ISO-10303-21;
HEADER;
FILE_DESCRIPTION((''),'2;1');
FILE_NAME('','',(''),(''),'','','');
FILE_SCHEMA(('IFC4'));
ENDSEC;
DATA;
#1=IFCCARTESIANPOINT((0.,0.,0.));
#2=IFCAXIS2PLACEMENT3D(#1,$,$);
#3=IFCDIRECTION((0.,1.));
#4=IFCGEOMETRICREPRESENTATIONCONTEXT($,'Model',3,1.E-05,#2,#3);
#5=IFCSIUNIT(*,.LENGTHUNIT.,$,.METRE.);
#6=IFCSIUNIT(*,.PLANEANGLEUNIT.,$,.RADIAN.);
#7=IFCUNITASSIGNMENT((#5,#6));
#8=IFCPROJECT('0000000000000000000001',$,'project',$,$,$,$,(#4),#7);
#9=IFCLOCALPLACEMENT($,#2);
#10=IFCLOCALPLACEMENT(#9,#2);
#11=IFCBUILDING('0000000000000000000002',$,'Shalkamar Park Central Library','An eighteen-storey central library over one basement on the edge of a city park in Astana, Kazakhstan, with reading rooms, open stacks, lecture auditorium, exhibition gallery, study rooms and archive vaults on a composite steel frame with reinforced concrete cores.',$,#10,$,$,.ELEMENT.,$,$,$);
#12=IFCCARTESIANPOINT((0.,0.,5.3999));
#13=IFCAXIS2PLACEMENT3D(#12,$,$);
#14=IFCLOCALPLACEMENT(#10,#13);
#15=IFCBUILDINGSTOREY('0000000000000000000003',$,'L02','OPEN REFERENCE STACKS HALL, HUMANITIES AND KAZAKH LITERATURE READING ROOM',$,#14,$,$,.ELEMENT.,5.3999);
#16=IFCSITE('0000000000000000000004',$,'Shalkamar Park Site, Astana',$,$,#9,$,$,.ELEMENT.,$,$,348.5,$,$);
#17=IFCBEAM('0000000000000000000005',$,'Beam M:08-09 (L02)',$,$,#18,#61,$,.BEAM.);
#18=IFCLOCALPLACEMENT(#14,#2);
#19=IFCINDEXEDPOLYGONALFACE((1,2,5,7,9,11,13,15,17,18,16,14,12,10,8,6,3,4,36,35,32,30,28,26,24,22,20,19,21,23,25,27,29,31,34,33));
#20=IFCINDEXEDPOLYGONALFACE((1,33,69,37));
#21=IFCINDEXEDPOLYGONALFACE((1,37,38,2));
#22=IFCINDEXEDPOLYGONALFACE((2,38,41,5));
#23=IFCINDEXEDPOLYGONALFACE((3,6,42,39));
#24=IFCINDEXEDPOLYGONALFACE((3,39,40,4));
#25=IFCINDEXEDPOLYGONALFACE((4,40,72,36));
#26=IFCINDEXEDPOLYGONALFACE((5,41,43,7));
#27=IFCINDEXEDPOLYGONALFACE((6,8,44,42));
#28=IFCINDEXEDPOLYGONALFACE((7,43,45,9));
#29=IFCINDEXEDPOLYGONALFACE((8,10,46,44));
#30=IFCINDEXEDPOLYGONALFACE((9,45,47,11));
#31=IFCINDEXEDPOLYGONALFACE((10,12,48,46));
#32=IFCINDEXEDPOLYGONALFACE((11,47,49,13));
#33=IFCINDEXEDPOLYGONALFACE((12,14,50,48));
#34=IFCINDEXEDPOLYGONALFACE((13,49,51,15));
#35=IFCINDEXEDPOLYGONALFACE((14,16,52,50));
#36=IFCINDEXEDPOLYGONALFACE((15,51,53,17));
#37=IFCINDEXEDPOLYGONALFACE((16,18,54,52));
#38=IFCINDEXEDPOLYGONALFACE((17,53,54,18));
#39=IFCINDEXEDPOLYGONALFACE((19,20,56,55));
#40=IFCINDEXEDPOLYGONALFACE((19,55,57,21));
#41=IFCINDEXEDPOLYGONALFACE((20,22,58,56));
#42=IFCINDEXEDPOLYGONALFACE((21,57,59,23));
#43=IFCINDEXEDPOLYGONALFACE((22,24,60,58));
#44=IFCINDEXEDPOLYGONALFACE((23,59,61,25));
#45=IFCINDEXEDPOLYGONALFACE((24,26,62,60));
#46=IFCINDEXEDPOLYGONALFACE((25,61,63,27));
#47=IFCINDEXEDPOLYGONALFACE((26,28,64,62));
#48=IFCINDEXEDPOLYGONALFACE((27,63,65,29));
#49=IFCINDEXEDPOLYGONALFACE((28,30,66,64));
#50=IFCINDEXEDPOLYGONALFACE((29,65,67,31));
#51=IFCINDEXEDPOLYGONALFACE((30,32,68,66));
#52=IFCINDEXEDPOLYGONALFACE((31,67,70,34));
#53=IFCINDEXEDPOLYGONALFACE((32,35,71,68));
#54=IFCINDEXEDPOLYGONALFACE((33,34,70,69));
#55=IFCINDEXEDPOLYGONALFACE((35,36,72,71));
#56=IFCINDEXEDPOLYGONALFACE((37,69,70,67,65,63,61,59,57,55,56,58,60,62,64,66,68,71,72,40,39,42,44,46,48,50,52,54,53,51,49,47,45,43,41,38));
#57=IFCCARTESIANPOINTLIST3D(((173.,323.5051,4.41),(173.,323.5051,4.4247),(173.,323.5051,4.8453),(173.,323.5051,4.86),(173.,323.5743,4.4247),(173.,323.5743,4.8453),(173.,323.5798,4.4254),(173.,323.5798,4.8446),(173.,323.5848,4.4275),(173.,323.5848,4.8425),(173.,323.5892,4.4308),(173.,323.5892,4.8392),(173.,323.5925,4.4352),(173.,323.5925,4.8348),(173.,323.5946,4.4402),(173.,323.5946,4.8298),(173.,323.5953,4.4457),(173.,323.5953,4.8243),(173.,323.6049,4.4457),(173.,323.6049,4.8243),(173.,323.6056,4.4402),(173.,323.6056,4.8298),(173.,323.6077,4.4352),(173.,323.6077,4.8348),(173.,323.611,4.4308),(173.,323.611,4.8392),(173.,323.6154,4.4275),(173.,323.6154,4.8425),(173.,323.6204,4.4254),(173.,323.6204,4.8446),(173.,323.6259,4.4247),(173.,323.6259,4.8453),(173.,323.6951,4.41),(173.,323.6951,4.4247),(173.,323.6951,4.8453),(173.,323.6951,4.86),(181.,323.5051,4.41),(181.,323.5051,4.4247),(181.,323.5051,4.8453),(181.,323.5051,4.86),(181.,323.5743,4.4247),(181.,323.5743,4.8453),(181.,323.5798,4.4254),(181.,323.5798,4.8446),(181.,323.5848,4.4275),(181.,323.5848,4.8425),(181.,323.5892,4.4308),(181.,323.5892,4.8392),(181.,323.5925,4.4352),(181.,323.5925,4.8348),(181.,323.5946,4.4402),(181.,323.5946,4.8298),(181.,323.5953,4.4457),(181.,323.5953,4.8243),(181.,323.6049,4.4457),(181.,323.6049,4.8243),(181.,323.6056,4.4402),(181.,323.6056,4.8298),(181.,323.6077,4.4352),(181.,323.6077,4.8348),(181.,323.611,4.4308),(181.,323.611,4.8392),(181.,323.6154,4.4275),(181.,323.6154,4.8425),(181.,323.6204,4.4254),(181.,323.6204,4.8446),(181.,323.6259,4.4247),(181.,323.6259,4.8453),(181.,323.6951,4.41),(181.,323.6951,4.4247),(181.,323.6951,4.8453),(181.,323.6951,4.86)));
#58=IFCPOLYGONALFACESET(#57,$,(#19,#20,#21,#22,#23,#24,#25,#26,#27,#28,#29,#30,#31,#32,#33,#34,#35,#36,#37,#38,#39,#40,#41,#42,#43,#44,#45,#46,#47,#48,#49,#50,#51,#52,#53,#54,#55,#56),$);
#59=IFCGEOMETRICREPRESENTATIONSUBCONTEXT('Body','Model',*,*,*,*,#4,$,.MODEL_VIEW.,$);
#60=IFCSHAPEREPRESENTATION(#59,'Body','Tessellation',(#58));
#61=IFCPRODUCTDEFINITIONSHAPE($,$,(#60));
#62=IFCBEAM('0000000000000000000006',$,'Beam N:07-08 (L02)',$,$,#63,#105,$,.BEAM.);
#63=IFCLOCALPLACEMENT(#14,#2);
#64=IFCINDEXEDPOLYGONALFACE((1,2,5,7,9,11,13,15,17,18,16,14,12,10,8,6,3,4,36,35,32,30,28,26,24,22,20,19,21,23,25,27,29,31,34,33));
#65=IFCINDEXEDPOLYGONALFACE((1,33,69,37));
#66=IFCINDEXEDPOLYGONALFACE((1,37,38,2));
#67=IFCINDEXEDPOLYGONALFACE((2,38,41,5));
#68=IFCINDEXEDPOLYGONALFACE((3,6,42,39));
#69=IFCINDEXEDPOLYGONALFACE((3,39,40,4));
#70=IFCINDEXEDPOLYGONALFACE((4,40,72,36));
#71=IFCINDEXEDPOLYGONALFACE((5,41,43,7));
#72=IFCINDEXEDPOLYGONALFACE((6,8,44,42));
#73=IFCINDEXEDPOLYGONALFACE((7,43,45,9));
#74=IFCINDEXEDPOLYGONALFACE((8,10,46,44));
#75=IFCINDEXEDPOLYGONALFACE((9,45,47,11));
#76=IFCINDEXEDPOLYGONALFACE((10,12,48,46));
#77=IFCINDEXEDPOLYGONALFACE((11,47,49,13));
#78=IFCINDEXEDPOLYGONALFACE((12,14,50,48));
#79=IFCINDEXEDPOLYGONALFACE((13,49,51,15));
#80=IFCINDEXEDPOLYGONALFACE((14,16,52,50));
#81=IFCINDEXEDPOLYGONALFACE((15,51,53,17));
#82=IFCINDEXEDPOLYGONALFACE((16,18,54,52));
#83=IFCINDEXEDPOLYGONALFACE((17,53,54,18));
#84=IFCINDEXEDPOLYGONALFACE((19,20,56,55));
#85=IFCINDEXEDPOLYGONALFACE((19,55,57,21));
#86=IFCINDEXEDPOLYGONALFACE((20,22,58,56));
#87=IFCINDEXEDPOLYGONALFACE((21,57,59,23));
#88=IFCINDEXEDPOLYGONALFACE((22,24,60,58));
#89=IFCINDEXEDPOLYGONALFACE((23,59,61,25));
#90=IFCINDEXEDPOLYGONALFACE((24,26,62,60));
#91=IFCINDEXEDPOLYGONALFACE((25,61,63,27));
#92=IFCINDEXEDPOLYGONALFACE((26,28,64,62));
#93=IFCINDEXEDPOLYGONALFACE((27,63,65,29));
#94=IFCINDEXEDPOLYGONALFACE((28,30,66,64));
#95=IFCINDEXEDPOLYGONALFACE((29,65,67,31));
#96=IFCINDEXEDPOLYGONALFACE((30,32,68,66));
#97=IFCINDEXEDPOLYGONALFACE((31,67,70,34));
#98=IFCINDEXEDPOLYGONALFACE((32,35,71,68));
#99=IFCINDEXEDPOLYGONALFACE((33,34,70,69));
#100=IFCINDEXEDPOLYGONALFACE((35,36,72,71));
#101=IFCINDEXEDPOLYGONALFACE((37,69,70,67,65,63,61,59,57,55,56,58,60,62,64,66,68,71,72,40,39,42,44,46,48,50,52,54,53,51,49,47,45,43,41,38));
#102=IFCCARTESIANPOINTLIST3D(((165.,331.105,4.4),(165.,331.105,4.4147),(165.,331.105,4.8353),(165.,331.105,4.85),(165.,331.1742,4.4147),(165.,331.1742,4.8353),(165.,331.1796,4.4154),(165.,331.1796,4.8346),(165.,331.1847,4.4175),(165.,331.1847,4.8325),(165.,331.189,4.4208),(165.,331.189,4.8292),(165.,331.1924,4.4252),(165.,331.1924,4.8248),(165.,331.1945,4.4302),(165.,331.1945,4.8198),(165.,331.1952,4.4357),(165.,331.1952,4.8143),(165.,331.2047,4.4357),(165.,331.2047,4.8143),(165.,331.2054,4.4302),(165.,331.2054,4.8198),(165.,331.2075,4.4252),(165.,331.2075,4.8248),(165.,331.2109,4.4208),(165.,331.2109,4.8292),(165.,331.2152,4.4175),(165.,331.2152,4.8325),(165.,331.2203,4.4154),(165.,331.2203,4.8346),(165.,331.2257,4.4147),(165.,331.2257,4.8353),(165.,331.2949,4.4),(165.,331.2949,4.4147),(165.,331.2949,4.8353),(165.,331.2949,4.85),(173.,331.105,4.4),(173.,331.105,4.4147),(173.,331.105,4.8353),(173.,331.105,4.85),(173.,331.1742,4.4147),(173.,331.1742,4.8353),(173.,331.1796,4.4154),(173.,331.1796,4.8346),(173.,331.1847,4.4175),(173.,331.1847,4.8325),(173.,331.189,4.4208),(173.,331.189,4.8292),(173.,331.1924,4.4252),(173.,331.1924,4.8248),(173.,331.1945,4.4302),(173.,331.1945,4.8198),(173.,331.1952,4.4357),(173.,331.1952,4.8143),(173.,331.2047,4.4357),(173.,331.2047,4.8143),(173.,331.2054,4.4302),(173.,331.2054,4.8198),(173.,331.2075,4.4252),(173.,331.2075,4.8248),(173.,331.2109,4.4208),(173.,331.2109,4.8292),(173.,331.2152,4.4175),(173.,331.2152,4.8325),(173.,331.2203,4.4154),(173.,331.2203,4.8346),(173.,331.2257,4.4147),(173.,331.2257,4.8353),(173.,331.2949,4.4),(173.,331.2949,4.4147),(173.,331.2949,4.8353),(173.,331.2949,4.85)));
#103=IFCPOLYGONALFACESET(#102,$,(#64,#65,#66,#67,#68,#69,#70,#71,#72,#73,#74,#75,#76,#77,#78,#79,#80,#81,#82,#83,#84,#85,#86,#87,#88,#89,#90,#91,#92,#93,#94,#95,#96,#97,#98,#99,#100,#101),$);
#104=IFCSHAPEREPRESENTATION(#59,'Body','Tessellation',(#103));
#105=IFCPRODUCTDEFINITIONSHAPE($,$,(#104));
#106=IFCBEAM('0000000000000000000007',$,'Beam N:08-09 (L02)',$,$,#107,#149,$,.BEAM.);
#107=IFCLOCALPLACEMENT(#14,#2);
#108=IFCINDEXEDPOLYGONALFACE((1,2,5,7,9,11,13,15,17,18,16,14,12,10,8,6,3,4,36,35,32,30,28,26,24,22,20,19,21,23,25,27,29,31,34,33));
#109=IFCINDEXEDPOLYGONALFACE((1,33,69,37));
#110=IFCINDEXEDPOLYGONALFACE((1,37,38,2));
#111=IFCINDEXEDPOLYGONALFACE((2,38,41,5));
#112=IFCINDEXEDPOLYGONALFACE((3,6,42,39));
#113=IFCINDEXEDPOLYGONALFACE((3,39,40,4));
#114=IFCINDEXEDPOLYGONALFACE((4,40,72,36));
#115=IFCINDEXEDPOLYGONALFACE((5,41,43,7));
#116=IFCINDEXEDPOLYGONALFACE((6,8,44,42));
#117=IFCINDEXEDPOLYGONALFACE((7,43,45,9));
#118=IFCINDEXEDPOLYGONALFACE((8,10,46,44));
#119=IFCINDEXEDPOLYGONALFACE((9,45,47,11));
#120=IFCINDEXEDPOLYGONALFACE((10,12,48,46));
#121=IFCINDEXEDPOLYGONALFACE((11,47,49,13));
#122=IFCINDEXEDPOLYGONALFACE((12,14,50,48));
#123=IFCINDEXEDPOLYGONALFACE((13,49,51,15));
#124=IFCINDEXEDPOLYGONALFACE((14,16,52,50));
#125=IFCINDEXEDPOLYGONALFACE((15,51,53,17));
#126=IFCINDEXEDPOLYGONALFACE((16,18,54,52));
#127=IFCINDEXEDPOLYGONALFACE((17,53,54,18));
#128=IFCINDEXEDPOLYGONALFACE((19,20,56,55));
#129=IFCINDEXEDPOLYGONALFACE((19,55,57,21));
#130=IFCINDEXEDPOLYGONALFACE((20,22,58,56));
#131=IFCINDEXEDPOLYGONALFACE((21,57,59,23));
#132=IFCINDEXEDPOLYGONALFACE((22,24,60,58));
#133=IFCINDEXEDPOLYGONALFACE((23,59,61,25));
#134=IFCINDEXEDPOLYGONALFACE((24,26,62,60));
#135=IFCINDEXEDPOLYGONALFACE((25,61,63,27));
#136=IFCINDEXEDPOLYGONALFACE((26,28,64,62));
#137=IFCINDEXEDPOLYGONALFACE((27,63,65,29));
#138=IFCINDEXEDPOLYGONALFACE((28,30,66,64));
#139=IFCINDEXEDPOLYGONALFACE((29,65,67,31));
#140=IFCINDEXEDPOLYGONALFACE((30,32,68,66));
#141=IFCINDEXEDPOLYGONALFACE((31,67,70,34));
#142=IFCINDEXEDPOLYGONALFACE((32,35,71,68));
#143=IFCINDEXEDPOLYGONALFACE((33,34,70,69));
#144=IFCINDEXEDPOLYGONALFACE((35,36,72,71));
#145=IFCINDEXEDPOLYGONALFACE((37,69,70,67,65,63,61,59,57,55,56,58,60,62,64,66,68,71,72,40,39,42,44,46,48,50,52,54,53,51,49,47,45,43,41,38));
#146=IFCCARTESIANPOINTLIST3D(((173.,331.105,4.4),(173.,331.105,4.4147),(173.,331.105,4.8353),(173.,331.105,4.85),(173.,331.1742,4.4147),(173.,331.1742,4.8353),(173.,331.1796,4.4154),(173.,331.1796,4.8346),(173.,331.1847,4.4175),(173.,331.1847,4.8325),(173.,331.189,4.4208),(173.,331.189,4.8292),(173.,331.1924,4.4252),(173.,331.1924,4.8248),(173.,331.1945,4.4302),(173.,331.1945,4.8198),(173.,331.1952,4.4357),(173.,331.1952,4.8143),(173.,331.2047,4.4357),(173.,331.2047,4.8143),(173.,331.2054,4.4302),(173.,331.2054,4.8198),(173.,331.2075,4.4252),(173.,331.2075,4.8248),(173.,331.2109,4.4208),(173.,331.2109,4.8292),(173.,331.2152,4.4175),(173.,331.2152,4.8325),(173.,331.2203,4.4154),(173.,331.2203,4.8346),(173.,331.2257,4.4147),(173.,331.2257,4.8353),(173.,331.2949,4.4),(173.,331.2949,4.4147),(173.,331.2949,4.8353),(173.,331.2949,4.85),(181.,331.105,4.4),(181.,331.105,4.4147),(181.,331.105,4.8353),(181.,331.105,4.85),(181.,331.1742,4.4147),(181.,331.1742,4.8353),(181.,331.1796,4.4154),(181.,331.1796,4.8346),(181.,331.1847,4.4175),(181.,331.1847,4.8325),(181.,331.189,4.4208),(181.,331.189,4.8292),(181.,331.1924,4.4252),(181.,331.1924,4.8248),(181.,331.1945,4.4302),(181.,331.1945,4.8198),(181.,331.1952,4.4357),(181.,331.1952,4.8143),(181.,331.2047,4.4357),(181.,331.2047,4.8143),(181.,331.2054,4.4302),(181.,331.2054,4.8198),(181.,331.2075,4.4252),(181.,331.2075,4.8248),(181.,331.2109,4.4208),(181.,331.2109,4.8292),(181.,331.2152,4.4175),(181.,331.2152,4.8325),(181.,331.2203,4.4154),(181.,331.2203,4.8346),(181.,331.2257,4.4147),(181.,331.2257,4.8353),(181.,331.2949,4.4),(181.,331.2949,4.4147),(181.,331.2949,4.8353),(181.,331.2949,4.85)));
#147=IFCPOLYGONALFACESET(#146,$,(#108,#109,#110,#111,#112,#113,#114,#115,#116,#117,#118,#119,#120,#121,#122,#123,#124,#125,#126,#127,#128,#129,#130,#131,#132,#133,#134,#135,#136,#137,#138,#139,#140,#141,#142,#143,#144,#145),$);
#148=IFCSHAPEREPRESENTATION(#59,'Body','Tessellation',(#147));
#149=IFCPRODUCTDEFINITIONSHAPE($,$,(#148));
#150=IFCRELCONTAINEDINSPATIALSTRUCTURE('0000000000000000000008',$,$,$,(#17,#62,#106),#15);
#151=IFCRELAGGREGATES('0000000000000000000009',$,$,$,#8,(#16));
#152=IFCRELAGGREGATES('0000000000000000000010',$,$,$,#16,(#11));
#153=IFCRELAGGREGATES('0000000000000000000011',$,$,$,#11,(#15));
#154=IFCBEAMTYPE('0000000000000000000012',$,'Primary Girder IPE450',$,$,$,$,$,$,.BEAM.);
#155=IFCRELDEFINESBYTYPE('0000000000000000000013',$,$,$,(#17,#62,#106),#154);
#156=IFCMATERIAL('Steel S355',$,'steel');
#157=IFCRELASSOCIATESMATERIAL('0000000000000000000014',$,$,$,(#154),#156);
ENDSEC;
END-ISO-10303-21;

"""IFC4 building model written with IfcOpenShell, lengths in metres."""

from ifc_helpers import new_model, si_unit, direction, frame, origin, origin_2d, place, context, subcontext, project, spatial, i_section, extrude, material, material_profile, profile_set, type_object, element, save


model = new_model("IFC4")

# Units and contexts
model_context = context("Model", 3, precision=1e-05, world=origin(), true_north=direction((0.0, 1.0)))
body_context = subcontext(model_context, "Body", "Model", "MODEL_VIEW")
ifc_project = project(units=[si_unit("LENGTHUNIT", "METRE"), si_unit("PLANEANGLEUNIT", "RADIAN")], contexts=[model_context])

# Site, building, storey
site_placement = place(None, origin())
site = spatial("IfcSite", under=ifc_project, at=site_placement, Name="Shalkamar Park Site, Astana", CompositionType="ELEMENT", RefElevation=348.5)
building_placement = place(site_placement, origin())
building = spatial("IfcBuilding", under=site, at=building_placement, Name="Shalkamar Park Central Library", Description="An eighteen-storey central library over one basement on the edge of a city park in Astana, Kazakhstan, with reading rooms, open stacks, lecture auditorium, exhibition gallery, study rooms and archive vaults on a composite steel frame with reinforced concrete cores.", CompositionType="ELEMENT")
storey_placement = place(building_placement, frame((0.0, 0.0, 5.3999)))
storey = spatial("IfcBuildingStorey", under=building, at=storey_placement, Name="L02", Description="OPEN REFERENCE STACKS HALL, HUMANITIES AND KAZAKH LITERATURE READING ROOM", CompositionType="ELEMENT", Elevation=5.3999)

# Shared definitions
ifc_material = material(Name="Steel S355", Category="steel")

# Beams
ifc_material_profile_1 = material_profile(ifc_material, i_section(OverallWidth=0.1899, OverallDepth=0.45, WebThickness=0.0095, FlangeThickness=0.0146, FilletRadius=0.021, at=origin_2d()), Name="IPE 450")
ifc_profile_set_1 = profile_set([ifc_material_profile_1], Name="Steel S355")
beam_type_1 = type_object("IfcBeamType", Name="Primary Girder IPE450", PredefinedType="BEAM", material=ifc_profile_set_1)
for number, where, z_axis, x_axis, name in (
    (1, (173.0, 323.6001, 4.635), (1.0, 0.0, 0.0), (0.0, 1.0, 0.0), "Beam M:08-09 (L02)"),
    (2, (165.0, 331.2, 4.625), (1.0, 0.0, 0.0), (0.0, 1.0, 0.0), "Beam N:07-08 (L02)"),
    (3, (173.0, 331.2, 4.625), (1.0, 0.0, 0.0), (0.0, 1.0, 0.0), "Beam N:08-09 (L02)"),
):
    element("IfcBeam", number, at=place(storey_placement, frame(where, z_axis=z_axis, x_axis=x_axis)), inside=storey, type_object=beam_type_1, Name=name, PredefinedType="BEAM", context=body_context, shape_type="SweptSolid", body=[
        extrude(i_section(OverallWidth=0.1899, OverallDepth=0.45, WebThickness=0.0095, FlangeThickness=0.0146, FilletRadius=0.021, at=origin_2d()), origin(), (0.0, 0.0, 1.0), 8.0),
    ])

save(model, "model.ifc")
